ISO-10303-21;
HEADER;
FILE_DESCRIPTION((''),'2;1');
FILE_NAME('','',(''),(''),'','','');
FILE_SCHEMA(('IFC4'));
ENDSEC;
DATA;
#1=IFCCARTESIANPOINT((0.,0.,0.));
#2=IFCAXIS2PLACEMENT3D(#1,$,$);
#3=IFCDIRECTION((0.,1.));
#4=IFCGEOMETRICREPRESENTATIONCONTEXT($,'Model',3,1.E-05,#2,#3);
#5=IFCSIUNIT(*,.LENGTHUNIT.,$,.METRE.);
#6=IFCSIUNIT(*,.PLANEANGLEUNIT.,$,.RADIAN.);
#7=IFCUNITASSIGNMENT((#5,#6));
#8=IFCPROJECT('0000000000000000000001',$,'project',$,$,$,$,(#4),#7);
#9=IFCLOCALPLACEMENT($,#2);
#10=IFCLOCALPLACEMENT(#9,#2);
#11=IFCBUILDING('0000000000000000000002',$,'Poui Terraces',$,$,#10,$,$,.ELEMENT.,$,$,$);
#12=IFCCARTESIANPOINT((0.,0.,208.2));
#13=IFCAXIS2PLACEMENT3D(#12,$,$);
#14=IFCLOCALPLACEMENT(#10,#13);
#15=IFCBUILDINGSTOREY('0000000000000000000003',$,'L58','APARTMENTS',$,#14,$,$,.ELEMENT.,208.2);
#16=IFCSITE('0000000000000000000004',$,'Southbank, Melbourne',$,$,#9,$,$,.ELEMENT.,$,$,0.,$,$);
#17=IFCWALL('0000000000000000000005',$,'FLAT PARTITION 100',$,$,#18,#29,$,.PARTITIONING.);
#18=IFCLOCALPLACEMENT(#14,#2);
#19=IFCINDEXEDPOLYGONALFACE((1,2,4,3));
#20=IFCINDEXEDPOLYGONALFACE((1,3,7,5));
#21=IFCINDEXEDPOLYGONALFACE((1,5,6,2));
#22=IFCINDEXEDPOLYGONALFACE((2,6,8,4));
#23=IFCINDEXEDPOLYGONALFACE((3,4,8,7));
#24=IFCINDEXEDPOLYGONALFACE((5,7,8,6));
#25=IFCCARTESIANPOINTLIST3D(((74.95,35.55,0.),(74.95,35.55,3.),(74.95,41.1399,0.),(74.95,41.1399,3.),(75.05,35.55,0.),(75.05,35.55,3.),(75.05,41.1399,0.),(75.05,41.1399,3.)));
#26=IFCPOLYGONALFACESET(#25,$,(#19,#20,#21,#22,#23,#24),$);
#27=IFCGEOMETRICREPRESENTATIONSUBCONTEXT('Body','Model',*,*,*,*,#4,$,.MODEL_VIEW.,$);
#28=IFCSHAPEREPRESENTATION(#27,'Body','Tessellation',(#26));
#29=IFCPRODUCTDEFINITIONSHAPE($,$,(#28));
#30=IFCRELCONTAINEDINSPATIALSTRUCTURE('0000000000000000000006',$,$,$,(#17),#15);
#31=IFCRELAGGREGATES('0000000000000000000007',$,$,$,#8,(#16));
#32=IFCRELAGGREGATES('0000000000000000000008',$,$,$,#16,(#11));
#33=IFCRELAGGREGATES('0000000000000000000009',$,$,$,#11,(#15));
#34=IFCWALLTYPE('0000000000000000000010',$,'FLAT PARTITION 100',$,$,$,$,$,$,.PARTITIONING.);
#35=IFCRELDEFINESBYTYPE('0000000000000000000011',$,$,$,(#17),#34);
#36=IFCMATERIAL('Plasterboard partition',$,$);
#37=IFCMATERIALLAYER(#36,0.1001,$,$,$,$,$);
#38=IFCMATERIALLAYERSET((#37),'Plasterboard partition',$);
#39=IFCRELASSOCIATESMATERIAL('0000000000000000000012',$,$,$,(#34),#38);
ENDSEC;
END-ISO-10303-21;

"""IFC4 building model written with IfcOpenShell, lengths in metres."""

from ifc_helpers import new_model, si_unit, direction, frame, frame_2d, origin, place, context, subcontext, project, spatial, rectangle, extrude, material, layer, layer_set, type_object, element, save


model = new_model("IFC4")

# Units and contexts
model_context = context("Model", 3, precision=1e-05, world=origin(), true_north=direction((0.0, 1.0)))
body_context = subcontext(model_context, "Body", "Model", "MODEL_VIEW")
ifc_project = project(units=[si_unit("LENGTHUNIT", "METRE"), si_unit("PLANEANGLEUNIT", "RADIAN")], contexts=[model_context])

# Site, building, storey
site_placement = place(None, origin())
site = spatial("IfcSite", under=ifc_project, at=site_placement, Name="Southbank, Melbourne", CompositionType="ELEMENT", RefElevation=0.0)
building_placement = place(site_placement, origin())
building = spatial("IfcBuilding", under=site, at=building_placement, Name="Poui Terraces", CompositionType="ELEMENT")
storey_placement = place(building_placement, frame((0.0, 0.0, 208.2)))
storey = spatial("IfcBuildingStorey", under=building, at=storey_placement, Name="L58", Description="APARTMENTS", CompositionType="ELEMENT", Elevation=208.2)

# Wall
ifc_material_1 = material(Name="Plasterboard partition")
ifc_layer_1 = layer(ifc_material_1, 0.1001)
ifc_layer_set_1 = layer_set([ifc_layer_1], Name="Plasterboard partition")
wall_type_1 = type_object("IfcWallType", Name="FLAT PARTITION 100", PredefinedType="PARTITIONING", material=ifc_layer_set_1)
wall_1_placement = place(storey_placement, frame((75.0, 35.55, 0.0), z_axis=(0.0, 0.0, 1.0), x_axis=(0.0, 1.0, 0.0)))
element("IfcWall", 1, at=wall_1_placement, inside=storey, type_object=wall_type_1, Name="FLAT PARTITION 100", PredefinedType="PARTITIONING", context=body_context, shape_type="SweptSolid", body=[
    extrude(rectangle(XDim=5.5898, YDim=0.1001, at=frame_2d((2.7949, 0.0))), origin(), (0.0, 0.0, 1.0), 3.0),
])

save(model, "model.ifc")
